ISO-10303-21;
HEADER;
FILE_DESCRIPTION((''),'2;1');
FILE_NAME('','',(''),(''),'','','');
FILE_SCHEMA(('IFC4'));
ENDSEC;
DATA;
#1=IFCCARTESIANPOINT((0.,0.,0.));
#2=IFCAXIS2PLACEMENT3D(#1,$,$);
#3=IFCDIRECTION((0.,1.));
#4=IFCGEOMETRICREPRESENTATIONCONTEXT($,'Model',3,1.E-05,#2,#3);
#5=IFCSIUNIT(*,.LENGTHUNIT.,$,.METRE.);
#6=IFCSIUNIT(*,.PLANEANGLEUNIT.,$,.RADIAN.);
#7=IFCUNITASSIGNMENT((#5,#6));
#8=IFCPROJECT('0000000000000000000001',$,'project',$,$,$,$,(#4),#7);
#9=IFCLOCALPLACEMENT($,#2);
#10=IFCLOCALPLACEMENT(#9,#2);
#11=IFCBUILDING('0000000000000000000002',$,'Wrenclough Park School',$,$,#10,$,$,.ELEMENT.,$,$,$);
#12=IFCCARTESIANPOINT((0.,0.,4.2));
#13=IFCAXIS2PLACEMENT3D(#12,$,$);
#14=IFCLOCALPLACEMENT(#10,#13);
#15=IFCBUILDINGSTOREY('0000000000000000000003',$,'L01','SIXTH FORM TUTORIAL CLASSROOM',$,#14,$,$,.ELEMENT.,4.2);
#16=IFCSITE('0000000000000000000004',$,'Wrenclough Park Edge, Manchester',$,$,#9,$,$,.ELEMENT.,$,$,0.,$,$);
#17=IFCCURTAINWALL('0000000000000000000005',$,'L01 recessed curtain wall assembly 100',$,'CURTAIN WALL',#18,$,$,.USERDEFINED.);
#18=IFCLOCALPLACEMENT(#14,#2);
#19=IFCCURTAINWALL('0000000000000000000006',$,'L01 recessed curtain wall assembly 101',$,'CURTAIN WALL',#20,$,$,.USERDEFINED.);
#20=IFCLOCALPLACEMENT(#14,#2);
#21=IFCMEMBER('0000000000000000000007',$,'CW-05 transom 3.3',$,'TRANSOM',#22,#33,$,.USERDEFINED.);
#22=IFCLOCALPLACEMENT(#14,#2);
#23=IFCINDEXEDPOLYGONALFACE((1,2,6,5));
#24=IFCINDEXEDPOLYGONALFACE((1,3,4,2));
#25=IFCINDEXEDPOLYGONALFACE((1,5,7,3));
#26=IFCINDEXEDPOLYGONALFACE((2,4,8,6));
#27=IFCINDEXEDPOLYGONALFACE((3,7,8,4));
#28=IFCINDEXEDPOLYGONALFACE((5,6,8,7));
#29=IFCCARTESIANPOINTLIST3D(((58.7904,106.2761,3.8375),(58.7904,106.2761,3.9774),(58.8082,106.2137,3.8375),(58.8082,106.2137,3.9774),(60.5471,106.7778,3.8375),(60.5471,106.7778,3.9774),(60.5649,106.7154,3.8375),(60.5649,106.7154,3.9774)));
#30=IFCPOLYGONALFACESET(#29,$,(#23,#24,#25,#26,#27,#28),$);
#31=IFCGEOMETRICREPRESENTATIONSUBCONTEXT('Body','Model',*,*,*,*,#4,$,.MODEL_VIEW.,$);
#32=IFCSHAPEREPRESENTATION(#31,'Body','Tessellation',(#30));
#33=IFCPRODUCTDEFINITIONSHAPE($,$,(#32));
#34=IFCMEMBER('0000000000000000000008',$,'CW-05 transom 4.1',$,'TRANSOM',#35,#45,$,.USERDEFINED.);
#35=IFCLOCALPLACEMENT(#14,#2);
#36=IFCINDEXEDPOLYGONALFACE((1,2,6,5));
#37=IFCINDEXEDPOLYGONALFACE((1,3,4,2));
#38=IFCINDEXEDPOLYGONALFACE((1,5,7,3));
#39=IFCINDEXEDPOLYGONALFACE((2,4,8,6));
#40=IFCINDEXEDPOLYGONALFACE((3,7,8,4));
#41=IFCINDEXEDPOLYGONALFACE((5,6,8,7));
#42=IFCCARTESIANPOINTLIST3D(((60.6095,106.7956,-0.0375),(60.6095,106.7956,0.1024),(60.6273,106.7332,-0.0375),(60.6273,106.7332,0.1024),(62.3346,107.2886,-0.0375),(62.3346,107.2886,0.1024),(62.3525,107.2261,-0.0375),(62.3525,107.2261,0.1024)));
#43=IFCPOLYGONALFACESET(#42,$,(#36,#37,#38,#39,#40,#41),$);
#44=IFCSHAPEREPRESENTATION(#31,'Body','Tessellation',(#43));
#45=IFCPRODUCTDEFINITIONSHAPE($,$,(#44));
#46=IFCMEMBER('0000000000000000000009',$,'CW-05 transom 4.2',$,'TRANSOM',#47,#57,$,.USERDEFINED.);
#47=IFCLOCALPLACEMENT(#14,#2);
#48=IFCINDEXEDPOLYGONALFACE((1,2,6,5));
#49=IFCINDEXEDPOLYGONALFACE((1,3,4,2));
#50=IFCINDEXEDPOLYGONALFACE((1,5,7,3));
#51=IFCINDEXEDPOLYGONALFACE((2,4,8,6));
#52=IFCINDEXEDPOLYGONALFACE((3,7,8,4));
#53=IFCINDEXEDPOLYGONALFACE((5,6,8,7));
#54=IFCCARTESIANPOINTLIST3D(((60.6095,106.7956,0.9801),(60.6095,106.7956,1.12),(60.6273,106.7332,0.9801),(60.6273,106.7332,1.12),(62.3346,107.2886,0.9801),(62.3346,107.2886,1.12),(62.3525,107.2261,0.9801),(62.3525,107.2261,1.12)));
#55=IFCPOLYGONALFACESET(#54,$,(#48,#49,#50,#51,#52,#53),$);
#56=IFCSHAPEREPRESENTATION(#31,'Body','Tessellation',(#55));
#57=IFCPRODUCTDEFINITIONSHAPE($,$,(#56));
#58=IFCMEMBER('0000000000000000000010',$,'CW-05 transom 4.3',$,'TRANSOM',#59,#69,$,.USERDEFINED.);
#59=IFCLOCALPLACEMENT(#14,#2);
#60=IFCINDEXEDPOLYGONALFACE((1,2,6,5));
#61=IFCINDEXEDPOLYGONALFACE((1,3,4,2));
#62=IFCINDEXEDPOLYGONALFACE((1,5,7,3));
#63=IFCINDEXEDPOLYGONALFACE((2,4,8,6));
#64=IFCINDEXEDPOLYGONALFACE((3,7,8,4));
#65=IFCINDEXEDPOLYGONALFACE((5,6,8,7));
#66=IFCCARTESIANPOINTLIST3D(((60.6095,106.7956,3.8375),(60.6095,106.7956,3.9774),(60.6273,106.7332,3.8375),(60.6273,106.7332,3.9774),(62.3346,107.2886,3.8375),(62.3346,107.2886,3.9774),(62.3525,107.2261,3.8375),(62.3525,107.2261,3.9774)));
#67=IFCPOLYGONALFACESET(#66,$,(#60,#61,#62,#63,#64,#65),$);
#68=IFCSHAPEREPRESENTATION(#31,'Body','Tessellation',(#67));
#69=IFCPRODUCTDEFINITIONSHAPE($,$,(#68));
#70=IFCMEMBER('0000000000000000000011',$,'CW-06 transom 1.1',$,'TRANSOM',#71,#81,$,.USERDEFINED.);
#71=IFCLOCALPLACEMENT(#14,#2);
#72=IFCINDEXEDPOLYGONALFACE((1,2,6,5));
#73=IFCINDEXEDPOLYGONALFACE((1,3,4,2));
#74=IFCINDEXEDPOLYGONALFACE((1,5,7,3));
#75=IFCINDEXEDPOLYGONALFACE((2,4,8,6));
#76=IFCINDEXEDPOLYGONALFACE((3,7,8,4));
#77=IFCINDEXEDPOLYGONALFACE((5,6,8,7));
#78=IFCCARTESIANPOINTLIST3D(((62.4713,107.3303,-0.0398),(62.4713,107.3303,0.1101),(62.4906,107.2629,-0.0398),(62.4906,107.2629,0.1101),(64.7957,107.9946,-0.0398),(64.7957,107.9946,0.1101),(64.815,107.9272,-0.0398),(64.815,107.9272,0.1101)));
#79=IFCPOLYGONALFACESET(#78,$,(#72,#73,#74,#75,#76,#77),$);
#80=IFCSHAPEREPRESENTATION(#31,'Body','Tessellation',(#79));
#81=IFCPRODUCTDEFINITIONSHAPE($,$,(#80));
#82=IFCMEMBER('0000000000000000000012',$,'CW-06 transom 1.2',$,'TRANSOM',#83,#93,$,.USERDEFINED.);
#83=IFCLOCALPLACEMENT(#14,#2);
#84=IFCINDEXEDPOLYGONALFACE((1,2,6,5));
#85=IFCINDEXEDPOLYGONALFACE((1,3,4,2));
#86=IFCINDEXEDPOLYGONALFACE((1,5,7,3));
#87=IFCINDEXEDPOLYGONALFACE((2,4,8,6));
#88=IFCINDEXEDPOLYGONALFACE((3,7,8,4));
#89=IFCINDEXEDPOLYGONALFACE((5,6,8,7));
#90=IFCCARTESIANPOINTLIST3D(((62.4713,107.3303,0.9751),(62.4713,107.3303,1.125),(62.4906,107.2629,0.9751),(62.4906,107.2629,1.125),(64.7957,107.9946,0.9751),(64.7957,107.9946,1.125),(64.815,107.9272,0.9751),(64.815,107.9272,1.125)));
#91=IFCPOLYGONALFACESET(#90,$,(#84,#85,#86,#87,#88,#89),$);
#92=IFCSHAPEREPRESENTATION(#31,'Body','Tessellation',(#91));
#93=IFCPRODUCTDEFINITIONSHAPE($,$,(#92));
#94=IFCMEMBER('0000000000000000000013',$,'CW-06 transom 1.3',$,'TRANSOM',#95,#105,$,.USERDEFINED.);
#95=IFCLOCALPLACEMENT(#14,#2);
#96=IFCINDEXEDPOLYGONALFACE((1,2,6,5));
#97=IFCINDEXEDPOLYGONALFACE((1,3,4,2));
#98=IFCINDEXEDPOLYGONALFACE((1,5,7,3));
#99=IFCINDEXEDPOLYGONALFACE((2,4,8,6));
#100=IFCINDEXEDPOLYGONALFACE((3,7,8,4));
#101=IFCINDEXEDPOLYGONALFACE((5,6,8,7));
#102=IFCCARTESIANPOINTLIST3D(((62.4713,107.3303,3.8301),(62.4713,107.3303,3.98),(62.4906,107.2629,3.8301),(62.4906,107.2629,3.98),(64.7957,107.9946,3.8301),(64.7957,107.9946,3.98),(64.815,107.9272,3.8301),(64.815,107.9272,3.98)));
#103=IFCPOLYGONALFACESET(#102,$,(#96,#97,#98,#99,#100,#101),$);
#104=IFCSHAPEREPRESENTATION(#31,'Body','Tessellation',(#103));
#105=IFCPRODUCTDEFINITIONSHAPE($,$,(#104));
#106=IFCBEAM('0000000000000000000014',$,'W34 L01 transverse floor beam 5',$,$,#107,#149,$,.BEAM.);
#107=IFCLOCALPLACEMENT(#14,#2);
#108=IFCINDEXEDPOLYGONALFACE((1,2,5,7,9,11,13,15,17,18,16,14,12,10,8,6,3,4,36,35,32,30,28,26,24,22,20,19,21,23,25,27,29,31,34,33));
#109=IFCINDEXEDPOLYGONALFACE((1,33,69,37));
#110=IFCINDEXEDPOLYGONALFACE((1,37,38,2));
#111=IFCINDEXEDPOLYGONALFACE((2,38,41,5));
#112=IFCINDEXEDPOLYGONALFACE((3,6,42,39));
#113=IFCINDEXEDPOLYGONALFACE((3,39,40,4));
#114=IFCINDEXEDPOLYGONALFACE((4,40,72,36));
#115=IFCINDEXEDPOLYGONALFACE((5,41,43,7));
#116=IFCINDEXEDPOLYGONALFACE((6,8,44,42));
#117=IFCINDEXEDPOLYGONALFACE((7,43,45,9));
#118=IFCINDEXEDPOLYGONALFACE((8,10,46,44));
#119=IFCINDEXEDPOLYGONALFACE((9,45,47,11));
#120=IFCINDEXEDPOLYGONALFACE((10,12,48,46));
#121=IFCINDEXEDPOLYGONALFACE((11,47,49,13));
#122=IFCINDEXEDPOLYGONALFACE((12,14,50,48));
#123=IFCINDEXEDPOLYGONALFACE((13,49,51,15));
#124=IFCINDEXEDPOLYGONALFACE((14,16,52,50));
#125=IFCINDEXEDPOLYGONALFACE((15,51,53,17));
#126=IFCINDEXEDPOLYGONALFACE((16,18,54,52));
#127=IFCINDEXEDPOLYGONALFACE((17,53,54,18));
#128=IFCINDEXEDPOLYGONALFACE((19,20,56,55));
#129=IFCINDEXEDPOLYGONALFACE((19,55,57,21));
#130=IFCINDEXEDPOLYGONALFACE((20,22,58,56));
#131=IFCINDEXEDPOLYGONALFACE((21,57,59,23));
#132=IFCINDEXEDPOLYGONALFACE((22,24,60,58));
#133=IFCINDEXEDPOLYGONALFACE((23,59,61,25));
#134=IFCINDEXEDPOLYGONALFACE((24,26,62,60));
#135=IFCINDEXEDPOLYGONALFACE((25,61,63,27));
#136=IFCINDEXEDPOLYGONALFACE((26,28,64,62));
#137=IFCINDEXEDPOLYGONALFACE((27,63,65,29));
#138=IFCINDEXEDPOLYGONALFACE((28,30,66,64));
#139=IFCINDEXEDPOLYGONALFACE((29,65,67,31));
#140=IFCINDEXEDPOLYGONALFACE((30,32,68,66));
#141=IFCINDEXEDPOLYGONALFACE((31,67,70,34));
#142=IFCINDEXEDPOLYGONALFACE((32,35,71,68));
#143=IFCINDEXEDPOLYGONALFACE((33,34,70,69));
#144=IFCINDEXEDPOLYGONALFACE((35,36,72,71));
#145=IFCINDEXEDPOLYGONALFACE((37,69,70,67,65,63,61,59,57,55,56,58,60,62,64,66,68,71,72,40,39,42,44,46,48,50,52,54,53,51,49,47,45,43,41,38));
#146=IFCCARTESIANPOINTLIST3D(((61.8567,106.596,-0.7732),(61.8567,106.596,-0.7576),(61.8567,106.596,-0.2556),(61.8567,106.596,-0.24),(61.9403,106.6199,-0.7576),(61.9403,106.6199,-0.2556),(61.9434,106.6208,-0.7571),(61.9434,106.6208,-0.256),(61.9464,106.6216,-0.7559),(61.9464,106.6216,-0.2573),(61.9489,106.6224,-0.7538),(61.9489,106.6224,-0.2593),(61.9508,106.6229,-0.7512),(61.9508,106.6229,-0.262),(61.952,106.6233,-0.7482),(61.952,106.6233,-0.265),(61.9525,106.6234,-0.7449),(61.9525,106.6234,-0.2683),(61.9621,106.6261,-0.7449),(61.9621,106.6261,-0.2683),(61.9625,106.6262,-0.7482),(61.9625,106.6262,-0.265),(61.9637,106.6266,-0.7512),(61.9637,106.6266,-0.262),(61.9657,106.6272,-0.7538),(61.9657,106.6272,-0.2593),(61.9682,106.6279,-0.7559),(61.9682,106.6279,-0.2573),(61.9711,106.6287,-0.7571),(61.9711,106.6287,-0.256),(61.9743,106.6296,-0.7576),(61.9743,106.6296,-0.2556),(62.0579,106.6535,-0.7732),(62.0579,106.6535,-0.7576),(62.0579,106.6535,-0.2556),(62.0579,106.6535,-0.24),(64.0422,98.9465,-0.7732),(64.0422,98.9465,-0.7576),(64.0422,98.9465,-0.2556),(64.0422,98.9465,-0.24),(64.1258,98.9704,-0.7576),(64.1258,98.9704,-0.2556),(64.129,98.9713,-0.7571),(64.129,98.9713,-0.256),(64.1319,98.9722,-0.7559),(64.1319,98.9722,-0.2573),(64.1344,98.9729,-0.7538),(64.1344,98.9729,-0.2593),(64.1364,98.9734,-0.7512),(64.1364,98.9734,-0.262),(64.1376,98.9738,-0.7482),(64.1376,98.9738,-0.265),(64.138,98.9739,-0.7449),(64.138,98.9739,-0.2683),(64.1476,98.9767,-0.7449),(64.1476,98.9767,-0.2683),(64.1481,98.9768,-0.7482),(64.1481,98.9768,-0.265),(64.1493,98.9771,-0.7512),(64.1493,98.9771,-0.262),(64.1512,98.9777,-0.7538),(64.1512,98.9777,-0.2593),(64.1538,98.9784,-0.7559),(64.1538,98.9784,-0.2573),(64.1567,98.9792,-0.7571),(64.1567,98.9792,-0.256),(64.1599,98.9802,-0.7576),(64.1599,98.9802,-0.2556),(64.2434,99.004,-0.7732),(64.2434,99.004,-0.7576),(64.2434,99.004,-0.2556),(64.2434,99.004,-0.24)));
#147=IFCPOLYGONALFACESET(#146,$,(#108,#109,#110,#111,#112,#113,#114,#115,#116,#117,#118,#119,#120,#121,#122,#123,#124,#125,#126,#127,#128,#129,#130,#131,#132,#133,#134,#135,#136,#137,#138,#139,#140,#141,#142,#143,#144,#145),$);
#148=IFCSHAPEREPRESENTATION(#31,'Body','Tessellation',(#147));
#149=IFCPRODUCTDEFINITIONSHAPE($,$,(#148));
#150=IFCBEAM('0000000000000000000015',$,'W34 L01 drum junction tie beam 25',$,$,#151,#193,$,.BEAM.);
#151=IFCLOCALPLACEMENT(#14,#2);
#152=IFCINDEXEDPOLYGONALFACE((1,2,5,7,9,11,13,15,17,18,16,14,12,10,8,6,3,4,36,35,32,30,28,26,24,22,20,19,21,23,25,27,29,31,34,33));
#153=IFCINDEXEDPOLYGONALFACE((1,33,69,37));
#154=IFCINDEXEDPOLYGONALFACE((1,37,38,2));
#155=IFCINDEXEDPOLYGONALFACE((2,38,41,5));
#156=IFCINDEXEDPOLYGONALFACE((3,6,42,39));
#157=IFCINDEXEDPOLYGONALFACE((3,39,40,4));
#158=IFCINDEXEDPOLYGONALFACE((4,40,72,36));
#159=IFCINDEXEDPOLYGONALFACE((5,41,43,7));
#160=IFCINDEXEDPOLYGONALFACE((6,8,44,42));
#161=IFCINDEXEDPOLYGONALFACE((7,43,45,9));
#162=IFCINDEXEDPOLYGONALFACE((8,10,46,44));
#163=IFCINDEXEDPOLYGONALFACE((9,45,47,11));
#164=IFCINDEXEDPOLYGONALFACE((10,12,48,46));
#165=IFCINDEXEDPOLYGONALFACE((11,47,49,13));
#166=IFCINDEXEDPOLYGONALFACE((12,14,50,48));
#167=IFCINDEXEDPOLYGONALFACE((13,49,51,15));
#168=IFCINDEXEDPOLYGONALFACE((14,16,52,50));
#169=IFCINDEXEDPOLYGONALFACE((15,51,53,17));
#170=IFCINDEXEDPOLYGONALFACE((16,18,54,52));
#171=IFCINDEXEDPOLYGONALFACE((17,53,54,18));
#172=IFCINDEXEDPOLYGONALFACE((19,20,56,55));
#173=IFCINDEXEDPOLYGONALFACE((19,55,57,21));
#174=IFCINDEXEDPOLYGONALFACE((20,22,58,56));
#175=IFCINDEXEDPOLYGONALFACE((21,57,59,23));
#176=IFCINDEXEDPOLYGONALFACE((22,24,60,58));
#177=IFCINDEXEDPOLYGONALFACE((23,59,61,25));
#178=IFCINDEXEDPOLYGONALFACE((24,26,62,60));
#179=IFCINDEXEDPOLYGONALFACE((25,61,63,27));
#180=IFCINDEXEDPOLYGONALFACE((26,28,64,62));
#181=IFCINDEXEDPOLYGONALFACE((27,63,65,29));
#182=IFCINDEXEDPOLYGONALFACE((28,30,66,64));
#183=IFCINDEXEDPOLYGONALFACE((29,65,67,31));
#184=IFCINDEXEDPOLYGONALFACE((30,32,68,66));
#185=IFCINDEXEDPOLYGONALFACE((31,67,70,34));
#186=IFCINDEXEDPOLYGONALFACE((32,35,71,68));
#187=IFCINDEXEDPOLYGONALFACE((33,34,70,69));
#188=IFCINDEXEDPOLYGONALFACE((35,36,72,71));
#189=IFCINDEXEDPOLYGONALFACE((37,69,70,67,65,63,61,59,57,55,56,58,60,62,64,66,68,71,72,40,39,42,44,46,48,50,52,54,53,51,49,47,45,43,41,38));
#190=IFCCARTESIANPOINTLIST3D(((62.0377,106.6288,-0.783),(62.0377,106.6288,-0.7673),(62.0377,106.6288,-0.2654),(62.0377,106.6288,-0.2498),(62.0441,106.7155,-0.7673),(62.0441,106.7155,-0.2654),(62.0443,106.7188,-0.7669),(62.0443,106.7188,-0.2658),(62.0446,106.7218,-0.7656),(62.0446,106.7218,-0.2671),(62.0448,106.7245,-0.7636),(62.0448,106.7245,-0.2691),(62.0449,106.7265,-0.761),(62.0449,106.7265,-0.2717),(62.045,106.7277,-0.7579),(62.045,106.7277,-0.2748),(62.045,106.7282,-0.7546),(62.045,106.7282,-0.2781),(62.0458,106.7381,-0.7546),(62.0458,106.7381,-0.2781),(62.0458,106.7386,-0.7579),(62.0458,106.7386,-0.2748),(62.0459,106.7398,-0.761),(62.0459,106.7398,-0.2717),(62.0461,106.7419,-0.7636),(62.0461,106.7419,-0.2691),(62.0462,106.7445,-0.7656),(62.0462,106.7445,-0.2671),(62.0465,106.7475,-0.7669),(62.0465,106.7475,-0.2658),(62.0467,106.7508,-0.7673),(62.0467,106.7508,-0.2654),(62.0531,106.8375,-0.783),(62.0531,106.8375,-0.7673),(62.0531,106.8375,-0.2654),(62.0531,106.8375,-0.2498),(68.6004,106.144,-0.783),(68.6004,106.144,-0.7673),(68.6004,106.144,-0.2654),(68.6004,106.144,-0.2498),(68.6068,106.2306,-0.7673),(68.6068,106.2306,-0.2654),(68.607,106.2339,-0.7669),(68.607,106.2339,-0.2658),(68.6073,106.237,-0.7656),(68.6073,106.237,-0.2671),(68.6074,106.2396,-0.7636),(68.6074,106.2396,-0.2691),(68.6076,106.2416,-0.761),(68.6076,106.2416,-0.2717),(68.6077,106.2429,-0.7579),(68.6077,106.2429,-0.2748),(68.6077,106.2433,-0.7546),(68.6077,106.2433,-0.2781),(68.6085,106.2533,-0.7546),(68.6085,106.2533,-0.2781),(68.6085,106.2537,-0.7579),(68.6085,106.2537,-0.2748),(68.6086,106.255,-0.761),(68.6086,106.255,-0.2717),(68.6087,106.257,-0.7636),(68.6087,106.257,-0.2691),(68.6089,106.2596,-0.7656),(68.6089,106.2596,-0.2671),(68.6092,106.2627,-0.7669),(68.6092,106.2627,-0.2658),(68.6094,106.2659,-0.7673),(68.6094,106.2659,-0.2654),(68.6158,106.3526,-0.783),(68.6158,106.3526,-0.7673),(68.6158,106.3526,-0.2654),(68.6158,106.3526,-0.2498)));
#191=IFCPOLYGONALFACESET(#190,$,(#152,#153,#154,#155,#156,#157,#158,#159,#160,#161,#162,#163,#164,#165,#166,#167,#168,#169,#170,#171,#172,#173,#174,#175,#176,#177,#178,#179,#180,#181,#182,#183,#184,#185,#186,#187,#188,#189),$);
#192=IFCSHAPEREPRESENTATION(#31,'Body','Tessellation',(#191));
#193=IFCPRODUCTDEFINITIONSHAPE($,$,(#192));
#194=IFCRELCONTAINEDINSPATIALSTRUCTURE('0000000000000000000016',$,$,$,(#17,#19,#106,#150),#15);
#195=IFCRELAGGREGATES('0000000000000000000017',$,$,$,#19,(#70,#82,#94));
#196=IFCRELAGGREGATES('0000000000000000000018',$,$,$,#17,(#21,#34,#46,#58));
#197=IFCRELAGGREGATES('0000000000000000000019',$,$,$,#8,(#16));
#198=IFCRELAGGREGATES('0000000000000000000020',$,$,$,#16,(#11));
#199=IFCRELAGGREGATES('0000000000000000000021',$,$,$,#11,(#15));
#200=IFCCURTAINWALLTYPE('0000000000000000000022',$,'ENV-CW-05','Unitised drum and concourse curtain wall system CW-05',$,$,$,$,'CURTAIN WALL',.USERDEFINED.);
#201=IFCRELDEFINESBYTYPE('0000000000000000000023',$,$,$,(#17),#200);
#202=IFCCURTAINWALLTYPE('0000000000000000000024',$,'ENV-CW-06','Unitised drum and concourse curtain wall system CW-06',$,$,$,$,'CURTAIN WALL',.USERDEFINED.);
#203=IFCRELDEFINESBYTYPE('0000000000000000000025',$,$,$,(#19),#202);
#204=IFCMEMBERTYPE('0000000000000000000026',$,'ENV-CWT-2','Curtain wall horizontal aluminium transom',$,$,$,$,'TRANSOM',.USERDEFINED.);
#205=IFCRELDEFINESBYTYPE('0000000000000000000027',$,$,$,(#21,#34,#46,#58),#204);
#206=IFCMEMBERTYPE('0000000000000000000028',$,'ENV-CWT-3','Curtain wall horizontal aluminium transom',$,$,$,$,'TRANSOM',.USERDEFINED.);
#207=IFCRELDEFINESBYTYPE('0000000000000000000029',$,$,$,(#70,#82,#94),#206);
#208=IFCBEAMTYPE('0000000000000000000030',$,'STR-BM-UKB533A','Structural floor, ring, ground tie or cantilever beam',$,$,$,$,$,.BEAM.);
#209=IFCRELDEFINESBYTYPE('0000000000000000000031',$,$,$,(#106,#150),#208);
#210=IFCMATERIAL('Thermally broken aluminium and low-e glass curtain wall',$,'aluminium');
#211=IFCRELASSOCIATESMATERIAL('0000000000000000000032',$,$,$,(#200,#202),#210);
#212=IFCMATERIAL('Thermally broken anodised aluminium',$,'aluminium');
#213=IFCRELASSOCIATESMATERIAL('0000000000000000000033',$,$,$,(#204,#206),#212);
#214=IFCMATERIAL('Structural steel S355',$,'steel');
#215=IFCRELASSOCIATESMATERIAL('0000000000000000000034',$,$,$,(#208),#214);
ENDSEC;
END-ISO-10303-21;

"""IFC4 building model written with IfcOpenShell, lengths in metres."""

from ifc_helpers import new_model, si_unit, direction, frame, origin, origin_2d, place, context, subcontext, project, spatial, rectangle, i_section, extrude, material, material_profile, profile_set, type_object, element, aggregate, save


model = new_model("IFC4")

# Units and contexts
model_context = context("Model", 3, precision=1e-05, world=origin(), true_north=direction((0.0, 1.0)))
body_context = subcontext(model_context, "Body", "Model", "MODEL_VIEW")
ifc_project = project(units=[si_unit("LENGTHUNIT", "METRE"), si_unit("PLANEANGLEUNIT", "RADIAN")], contexts=[model_context])

# Site, building, storey
site_placement = place(None, origin())
site = spatial("IfcSite", under=ifc_project, at=site_placement, Name="Wrenclough Park Edge, Manchester", CompositionType="ELEMENT", RefElevation=0.0)
building_placement = place(site_placement, origin())
building = spatial("IfcBuilding", under=site, at=building_placement, Name="Wrenclough Park School", CompositionType="ELEMENT")
storey_placement = place(building_placement, frame((0.0, 0.0, 4.2)))
storey = spatial("IfcBuildingStorey", under=building, at=storey_placement, Name="L01", Description="SIXTH FORM TUTORIAL CLASSROOM", CompositionType="ELEMENT", Elevation=4.2)

# Shared definitions
ifc_material_1 = material(Name="Structural steel S355", Category="steel")

# Curtain wall
ifc_material_2 = material(Name="Thermally broken aluminium and low-e glass curtain wall", Category="aluminium")
curtain_wall_type_1 = type_object("IfcCurtainWallType", Name="ENV-CW-05", Description="Unitised drum and concourse curtain wall system CW-05", ElementType="CURTAIN WALL", PredefinedType="USERDEFINED", material=ifc_material_2)
curtain_wall_1_placement = place(storey_placement, origin())
curtain_wall_1 = element("IfcCurtainWall", 1, at=curtain_wall_1_placement, inside=storey, type_object=curtain_wall_type_1, Name="L01 recessed curtain wall assembly 100", ObjectType="CURTAIN WALL", PredefinedType="USERDEFINED")
ifc_material_3 = material(Name="Thermally broken anodised aluminium", Category="aluminium")

# Curtain wall
curtain_wall_type_2 = type_object("IfcCurtainWallType", Name="ENV-CW-06", Description="Unitised drum and concourse curtain wall system CW-06", ElementType="CURTAIN WALL", PredefinedType="USERDEFINED", material=ifc_material_2)
curtain_wall_2_placement = place(storey_placement, origin())
curtain_wall_2 = element("IfcCurtainWall", 2, at=curtain_wall_2_placement, inside=storey, type_object=curtain_wall_type_2, Name="L01 recessed curtain wall assembly 101", ObjectType="CURTAIN WALL", PredefinedType="USERDEFINED")

# Members
ifc_material_profile_1 = material_profile(ifc_material_3, rectangle(XDim=0.0649, YDim=0.1399, at=origin_2d()), Name="AL TRANSOM 65x140")
ifc_profile_set_1 = profile_set([ifc_material_profile_1], Name="Thermally broken anodised aluminium")
member_type_1 = type_object("IfcMemberType", Name="ENV-CWT-2", Description="Curtain wall horizontal aluminium transom", ElementType="TRANSOM", PredefinedType="USERDEFINED", material=ifc_profile_set_1)
member_1_placement = place(storey_placement, frame((58.7993, 106.2449, 3.9075), z_axis=(0.961549, 0.274633, 0.0), x_axis=(-0.274633, 0.961549, 0.0)))
member_1 = element("IfcMember", 3, at=member_1_placement, type_object=member_type_1, Name="CW-05 transom 3.3", ObjectType="TRANSOM", PredefinedType="USERDEFINED", context=body_context, shape_type="SweptSolid", body=[
    extrude(rectangle(XDim=0.0649, YDim=0.1399, at=origin_2d()), origin(), (0.0, 0.0, 1.0), 1.8269),
])
member_2_placement = place(storey_placement, frame((60.6184, 106.7644, 0.0325), z_axis=(0.961519, 0.274739, 0.0), x_axis=(-0.274739, 0.961519, 0.0)))
member_2 = element("IfcMember", 4, at=member_2_placement, type_object=member_type_1, Name="CW-05 transom 4.1", ObjectType="TRANSOM", PredefinedType="USERDEFINED", context=body_context, shape_type="SweptSolid", body=[
    extrude(rectangle(XDim=0.0649, YDim=0.1399, at=origin_2d()), origin(), (0.0, 0.0, 1.0), 1.7942),
])
member_3_placement = place(storey_placement, frame((60.6184, 106.7644, 1.05), z_axis=(0.961519, 0.274739, 0.0), x_axis=(-0.274739, 0.961519, 0.0)))
member_3 = element("IfcMember", 5, at=member_3_placement, type_object=member_type_1, Name="CW-05 transom 4.2", ObjectType="TRANSOM", PredefinedType="USERDEFINED", context=body_context, shape_type="SweptSolid", body=[
    extrude(rectangle(XDim=0.0649, YDim=0.1399, at=origin_2d()), origin(), (0.0, 0.0, 1.0), 1.7942),
])
member_4_placement = place(storey_placement, frame((60.6184, 106.7644, 3.9075), z_axis=(0.961519, 0.274739, 0.0), x_axis=(-0.274739, 0.961519, 0.0)))
member_4 = element("IfcMember", 6, at=member_4_placement, type_object=member_type_1, Name="CW-05 transom 4.3", ObjectType="TRANSOM", PredefinedType="USERDEFINED", context=body_context, shape_type="SweptSolid", body=[
    extrude(rectangle(XDim=0.0649, YDim=0.1399, at=origin_2d()), origin(), (0.0, 0.0, 1.0), 1.7942),
])
ifc_material_profile_2 = material_profile(ifc_material_3, rectangle(XDim=0.0701, YDim=0.1499, at=origin_2d()), Name="AL TRANSOM 70x150")
ifc_profile_set_2 = profile_set([ifc_material_profile_2], Name="Thermally broken anodised aluminium")
member_type_2 = type_object("IfcMemberType", Name="ENV-CWT-3", Description="Curtain wall horizontal aluminium transom", ElementType="TRANSOM", PredefinedType="USERDEFINED", material=ifc_profile_set_2)
member_5_placement = place(storey_placement, frame((62.481, 107.2966, 0.0352), z_axis=(0.961505, 0.274788, 0.0), x_axis=(-0.274788, 0.961505, 0.0)))
member_5 = element("IfcMember", 7, at=member_5_placement, type_object=member_type_2, Name="CW-06 transom 1.1", ObjectType="TRANSOM", PredefinedType="USERDEFINED", context=body_context, shape_type="SweptSolid", body=[
    extrude(rectangle(XDim=0.0701, YDim=0.1499, at=origin_2d()), origin(), (0.0, 0.0, 1.0), 2.4175),
])
member_6_placement = place(storey_placement, frame((62.481, 107.2966, 1.05), z_axis=(0.961505, 0.274788, 0.0), x_axis=(-0.274788, 0.961505, 0.0)))
member_6 = element("IfcMember", 8, at=member_6_placement, type_object=member_type_2, Name="CW-06 transom 1.2", ObjectType="TRANSOM", PredefinedType="USERDEFINED", context=body_context, shape_type="SweptSolid", body=[
    extrude(rectangle(XDim=0.0701, YDim=0.1499, at=origin_2d()), origin(), (0.0, 0.0, 1.0), 2.4175),
])
member_7_placement = place(storey_placement, frame((62.481, 107.2966, 3.905), z_axis=(0.961505, 0.274788, 0.0), x_axis=(-0.274788, 0.961505, 0.0)))
member_7 = element("IfcMember", 9, at=member_7_placement, type_object=member_type_2, Name="CW-06 transom 1.3", ObjectType="TRANSOM", PredefinedType="USERDEFINED", context=body_context, shape_type="SweptSolid", body=[
    extrude(rectangle(XDim=0.0701, YDim=0.1499, at=origin_2d()), origin(), (0.0, 0.0, 1.0), 2.4175),
])
aggregate(curtain_wall_2, [member_5, member_6, member_7])

# Beams
ifc_material_profile_3 = material_profile(ifc_material_1, i_section(OverallWidth=0.2092, OverallDepth=0.5332, WebThickness=0.01, FlangeThickness=0.0156, FilletRadius=0.0127, at=origin_2d()), Name="UKB 533x210x92")
ifc_profile_set_3 = profile_set([ifc_material_profile_3], Name="Structural steel S355")
beam_type = type_object("IfcBeamType", Name="STR-BM-UKB533A", Description="Structural floor, ring, ground tie or cantilever beam", PredefinedType="BEAM", material=ifc_profile_set_3)
beam_1_placement = place(storey_placement, frame((61.9573, 106.6248, -0.5066), z_axis=(0.274721, -0.961524, 0.0), x_axis=(0.961524, 0.274721, 0.0)))
element("IfcBeam", 10, at=beam_1_placement, inside=storey, type_object=beam_type, Name="W34 L01 transverse floor beam 5", PredefinedType="BEAM", context=body_context, shape_type="SweptSolid", body=[
    extrude(i_section(OverallWidth=0.2092, OverallDepth=0.5332, WebThickness=0.01, FlangeThickness=0.0156, FilletRadius=0.0127, at=origin_2d()), origin(), (0.0, 0.0, 1.0), 7.9556),
])
beam_2_placement = place(storey_placement, frame((62.0454, 106.7332, -0.5164), z_axis=(0.997282, -0.07368, 0.0), x_axis=(0.07368, 0.997282, 0.0)))
element("IfcBeam", 11, at=beam_2_placement, inside=storey, type_object=beam_type, Name="W34 L01 drum junction tie beam 25", PredefinedType="BEAM", context=body_context, shape_type="SweptSolid", body=[
    extrude(i_section(OverallWidth=0.2092, OverallDepth=0.5332, WebThickness=0.01, FlangeThickness=0.0156, FilletRadius=0.0127, at=origin_2d()), origin(), (0.0, 0.0, 1.0), 6.5806),
])

aggregate(curtain_wall_1, [member_1, member_2, member_3, member_4])

save(model, "model.ifc")
